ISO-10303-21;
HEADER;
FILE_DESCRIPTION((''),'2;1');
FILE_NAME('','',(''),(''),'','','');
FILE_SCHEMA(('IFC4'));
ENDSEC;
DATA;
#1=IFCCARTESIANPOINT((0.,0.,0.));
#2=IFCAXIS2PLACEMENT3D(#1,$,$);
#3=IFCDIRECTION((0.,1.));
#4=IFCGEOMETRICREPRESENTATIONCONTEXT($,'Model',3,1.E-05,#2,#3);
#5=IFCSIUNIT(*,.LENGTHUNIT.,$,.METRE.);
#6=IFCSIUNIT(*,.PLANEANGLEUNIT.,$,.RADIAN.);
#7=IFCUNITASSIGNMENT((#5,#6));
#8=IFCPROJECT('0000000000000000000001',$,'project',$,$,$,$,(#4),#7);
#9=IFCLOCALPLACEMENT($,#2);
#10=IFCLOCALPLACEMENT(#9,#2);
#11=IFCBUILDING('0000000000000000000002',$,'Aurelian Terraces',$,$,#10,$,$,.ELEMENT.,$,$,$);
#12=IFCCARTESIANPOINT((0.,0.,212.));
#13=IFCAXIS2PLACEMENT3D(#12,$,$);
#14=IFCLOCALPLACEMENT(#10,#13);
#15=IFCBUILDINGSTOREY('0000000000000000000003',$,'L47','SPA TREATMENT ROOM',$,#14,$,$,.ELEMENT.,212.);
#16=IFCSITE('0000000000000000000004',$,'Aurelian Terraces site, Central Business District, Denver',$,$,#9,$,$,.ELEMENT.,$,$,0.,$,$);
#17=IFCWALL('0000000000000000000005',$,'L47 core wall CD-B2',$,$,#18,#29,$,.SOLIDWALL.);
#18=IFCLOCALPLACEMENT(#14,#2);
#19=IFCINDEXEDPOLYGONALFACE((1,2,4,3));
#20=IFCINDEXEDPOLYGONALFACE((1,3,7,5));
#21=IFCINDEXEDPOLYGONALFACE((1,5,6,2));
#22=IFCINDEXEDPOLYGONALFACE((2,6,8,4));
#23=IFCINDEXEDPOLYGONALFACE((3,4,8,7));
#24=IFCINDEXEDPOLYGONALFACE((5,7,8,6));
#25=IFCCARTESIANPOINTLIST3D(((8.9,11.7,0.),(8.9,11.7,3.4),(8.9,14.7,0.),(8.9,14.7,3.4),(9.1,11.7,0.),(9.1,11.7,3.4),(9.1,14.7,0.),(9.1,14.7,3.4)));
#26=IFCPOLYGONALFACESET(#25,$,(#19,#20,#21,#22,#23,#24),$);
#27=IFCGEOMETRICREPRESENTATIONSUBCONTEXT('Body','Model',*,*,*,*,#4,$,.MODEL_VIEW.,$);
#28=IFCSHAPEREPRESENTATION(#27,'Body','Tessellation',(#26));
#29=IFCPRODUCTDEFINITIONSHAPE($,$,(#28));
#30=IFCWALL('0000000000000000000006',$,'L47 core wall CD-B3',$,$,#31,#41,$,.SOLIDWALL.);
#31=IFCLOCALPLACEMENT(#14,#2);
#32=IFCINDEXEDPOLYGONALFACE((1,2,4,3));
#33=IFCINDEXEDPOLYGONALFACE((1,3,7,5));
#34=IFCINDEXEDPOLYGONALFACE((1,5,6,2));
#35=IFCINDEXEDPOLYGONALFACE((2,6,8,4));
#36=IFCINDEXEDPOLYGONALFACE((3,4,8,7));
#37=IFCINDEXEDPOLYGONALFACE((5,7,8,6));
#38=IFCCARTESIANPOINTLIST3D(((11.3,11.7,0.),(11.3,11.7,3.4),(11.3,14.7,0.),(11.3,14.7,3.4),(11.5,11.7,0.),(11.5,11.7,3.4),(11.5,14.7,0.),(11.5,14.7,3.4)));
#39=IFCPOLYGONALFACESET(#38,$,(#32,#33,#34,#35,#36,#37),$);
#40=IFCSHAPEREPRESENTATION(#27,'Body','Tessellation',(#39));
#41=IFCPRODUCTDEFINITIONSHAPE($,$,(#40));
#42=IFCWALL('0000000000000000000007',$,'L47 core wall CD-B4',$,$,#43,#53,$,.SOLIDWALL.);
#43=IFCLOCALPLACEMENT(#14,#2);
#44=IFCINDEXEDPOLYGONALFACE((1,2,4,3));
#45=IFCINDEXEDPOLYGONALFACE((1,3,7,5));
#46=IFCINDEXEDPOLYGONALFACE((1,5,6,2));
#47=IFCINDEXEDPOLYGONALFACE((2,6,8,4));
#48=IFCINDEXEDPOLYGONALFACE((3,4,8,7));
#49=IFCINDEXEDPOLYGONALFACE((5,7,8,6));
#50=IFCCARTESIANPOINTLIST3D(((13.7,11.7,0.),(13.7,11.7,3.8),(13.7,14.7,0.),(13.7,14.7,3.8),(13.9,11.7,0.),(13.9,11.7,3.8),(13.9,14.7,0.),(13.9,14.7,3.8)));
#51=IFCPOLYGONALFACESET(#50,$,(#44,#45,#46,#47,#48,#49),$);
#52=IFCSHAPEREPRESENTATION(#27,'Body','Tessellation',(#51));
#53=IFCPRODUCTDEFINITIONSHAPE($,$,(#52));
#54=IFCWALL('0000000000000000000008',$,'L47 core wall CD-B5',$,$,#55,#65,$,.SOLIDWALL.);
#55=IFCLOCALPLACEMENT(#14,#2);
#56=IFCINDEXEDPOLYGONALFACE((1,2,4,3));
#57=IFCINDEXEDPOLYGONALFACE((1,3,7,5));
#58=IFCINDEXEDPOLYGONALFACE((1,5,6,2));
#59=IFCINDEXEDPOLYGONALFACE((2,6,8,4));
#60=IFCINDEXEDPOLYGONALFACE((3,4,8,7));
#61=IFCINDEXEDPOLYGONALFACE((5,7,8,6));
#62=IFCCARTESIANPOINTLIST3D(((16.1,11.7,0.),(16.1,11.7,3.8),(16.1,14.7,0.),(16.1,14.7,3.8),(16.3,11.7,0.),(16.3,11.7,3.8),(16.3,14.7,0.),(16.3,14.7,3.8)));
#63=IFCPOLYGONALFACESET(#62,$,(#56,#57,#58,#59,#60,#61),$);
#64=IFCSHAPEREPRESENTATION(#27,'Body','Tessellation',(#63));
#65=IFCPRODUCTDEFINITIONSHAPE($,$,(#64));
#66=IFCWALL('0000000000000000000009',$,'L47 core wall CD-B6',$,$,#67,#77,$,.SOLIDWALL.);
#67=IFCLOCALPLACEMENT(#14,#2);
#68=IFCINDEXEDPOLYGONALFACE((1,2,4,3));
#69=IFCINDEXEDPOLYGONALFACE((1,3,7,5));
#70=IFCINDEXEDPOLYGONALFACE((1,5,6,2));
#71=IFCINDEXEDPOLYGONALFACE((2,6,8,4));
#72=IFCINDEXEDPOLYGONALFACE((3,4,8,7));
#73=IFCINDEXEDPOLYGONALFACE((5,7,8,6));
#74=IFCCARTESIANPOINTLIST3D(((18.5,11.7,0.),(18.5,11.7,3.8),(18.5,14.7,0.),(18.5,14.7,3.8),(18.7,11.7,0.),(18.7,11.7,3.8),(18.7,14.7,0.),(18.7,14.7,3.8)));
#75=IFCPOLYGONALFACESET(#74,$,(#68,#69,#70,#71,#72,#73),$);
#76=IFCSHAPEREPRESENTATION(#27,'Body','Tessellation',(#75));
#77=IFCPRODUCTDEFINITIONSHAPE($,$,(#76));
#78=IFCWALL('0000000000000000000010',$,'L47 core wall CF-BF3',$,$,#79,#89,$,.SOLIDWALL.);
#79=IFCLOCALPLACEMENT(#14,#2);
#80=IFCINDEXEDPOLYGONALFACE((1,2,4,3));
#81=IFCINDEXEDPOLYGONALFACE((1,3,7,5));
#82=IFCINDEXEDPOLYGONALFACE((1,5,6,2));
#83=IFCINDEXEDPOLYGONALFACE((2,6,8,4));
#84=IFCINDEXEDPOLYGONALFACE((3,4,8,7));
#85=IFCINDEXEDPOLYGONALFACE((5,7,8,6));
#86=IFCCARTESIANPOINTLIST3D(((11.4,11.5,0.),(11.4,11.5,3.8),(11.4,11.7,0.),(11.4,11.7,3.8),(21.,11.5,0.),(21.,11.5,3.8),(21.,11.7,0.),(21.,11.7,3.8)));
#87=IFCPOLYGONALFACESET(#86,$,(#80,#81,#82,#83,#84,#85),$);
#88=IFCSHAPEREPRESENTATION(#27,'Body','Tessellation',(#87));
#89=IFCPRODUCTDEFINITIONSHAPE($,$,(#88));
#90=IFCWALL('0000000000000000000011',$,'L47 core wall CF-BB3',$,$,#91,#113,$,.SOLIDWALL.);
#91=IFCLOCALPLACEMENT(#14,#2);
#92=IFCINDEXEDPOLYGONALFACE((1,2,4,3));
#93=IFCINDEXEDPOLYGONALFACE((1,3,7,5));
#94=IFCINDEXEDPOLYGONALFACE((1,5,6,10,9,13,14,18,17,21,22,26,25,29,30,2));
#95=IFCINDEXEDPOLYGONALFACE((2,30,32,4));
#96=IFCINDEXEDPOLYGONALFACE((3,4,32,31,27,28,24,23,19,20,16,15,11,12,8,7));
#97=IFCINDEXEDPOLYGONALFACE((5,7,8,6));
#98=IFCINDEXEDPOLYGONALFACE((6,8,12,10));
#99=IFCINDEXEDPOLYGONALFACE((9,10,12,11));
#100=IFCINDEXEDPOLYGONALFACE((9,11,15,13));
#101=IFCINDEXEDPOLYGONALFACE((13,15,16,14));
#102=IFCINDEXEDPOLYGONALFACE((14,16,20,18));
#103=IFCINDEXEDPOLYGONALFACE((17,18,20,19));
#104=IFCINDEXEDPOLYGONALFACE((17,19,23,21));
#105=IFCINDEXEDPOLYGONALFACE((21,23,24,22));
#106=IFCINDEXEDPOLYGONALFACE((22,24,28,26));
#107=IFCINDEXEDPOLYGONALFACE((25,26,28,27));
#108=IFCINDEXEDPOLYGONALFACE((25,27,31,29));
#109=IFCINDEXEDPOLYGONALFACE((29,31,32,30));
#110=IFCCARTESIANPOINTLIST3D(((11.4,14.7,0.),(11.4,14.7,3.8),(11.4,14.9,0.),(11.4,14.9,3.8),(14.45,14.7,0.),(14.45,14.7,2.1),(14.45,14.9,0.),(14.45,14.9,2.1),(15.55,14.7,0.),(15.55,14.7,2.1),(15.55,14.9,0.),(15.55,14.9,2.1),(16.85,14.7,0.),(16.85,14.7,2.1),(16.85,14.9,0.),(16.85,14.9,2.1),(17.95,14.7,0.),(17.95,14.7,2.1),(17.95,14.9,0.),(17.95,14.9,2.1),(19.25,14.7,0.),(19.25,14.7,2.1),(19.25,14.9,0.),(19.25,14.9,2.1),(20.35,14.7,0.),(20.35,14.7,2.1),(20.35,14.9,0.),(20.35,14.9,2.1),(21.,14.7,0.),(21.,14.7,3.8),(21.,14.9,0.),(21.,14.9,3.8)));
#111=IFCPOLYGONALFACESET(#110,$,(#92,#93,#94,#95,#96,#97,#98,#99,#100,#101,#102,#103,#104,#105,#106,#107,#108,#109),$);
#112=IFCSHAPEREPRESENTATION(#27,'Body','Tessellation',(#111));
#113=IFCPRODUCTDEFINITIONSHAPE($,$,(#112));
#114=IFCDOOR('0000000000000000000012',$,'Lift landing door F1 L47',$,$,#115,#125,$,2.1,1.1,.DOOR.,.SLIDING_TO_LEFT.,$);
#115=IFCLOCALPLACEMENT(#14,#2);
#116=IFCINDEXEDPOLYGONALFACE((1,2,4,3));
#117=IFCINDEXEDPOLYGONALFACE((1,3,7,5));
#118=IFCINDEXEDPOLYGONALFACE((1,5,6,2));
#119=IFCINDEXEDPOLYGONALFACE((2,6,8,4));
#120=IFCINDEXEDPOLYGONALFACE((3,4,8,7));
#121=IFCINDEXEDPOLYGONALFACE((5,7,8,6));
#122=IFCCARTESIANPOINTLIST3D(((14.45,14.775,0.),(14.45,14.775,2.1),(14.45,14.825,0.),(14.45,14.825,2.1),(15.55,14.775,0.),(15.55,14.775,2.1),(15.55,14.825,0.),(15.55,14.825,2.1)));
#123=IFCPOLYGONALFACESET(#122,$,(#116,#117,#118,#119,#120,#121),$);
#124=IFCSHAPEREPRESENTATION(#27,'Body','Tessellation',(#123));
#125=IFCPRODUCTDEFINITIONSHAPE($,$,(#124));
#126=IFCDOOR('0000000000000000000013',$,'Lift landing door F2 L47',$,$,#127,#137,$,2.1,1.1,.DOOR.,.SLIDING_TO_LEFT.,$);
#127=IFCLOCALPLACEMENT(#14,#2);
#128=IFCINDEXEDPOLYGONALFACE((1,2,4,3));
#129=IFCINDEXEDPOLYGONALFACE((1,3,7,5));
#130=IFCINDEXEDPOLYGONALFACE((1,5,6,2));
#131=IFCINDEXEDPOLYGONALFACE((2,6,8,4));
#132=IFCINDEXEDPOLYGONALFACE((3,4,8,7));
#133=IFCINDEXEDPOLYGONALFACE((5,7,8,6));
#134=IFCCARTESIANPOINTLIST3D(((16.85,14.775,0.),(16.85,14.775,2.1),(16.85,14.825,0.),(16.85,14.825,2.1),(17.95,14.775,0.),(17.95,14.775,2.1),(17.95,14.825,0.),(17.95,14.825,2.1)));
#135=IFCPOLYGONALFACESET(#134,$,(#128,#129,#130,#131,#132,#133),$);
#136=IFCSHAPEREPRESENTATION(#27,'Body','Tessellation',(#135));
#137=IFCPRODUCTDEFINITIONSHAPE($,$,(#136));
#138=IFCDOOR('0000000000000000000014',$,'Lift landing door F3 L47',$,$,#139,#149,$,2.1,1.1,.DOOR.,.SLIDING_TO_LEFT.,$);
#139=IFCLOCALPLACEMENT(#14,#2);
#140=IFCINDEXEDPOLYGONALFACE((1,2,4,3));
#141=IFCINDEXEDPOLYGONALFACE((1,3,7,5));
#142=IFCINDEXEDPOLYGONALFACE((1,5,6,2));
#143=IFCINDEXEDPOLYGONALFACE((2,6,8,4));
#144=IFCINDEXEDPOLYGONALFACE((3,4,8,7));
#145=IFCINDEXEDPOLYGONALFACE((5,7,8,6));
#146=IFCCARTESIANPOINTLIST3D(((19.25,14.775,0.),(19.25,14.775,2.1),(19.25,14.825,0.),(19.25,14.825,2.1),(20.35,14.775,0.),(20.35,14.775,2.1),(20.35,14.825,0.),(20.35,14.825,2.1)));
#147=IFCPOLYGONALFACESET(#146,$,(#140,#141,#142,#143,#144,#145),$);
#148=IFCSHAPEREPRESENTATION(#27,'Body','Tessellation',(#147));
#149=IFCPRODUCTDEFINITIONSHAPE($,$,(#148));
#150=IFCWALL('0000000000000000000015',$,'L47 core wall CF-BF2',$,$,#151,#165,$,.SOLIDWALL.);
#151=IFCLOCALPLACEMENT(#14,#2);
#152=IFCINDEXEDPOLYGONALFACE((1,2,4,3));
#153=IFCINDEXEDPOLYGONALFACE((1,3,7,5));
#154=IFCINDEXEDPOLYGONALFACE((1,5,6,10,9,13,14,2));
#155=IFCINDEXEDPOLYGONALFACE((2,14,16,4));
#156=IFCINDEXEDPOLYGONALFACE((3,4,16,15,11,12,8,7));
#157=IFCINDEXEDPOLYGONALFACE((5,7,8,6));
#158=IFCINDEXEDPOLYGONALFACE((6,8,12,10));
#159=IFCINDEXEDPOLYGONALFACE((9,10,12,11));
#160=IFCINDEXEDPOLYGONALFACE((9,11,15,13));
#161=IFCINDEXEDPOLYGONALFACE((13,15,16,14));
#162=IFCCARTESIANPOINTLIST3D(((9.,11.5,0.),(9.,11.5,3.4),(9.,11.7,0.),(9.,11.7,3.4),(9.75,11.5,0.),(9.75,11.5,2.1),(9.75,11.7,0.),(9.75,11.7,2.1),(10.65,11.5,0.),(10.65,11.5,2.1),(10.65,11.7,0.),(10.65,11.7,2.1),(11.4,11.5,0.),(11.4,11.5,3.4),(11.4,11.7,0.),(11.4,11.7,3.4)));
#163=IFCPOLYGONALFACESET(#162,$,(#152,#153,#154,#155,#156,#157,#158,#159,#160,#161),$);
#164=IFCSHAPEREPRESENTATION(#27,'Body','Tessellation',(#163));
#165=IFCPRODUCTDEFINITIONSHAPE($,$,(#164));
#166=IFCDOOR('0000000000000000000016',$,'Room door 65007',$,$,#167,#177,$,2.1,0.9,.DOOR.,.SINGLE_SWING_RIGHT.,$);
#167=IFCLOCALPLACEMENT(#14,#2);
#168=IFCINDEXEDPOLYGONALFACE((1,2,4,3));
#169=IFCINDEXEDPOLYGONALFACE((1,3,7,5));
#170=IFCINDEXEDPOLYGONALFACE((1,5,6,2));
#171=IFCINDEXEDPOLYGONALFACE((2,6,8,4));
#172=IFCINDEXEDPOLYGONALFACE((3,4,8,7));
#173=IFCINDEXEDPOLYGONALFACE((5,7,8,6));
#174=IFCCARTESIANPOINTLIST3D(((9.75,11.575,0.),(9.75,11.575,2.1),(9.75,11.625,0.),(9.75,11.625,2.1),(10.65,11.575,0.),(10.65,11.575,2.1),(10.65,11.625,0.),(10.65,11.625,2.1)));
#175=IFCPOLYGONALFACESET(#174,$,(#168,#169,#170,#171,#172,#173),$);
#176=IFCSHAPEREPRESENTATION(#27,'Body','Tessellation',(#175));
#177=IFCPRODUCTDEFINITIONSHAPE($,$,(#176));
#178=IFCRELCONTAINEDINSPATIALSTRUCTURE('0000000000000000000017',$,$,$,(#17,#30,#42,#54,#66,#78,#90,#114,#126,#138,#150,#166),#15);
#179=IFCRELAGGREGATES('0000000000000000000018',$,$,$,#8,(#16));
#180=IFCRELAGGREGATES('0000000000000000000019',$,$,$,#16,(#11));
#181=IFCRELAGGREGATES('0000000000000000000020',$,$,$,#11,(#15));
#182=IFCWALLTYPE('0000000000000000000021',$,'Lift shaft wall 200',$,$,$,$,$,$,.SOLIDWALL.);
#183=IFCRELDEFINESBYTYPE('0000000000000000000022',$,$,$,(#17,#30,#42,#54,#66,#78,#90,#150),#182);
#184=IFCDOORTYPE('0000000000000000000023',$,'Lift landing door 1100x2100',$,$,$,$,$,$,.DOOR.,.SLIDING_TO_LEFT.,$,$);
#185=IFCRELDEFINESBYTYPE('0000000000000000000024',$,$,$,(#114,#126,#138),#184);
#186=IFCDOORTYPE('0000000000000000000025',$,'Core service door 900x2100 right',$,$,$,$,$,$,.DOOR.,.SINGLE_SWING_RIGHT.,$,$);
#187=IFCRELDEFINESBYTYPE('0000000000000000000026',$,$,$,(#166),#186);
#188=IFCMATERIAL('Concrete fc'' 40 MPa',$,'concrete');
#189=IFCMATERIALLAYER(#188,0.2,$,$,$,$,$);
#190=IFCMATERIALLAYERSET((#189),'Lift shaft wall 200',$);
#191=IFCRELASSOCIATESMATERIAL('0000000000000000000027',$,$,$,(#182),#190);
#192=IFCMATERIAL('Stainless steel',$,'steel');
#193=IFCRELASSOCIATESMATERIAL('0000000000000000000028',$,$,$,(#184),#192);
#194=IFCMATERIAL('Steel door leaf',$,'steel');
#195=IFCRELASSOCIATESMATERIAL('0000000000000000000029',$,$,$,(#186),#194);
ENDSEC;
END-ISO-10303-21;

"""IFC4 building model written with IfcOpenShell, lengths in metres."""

from ifc_helpers import new_model, si_unit, direction, frame, frame_2d, origin, place, context, subcontext, project, spatial, rectangle, extrude, source, transform, mapped, material, layer, layer_set, type_object, element, fill, save


model = new_model("IFC4")

# Units and contexts
model_context = context("Model", 3, precision=1e-05, world=origin(), true_north=direction((0.0, 1.0)))
body_context = subcontext(model_context, "Body", "Model", "MODEL_VIEW")
ifc_project = project(units=[si_unit("LENGTHUNIT", "METRE"), si_unit("PLANEANGLEUNIT", "RADIAN")], contexts=[model_context])

# Site, building, storey
site_placement = place(None, origin())
site = spatial("IfcSite", under=ifc_project, at=site_placement, Name="Aurelian Terraces site, Central Business District, Denver", CompositionType="ELEMENT", RefElevation=0.0)
building_placement = place(site_placement, origin())
building = spatial("IfcBuilding", under=site, at=building_placement, Name="Aurelian Terraces", CompositionType="ELEMENT")
storey_placement = place(building_placement, frame((0.0, 0.0, 212.0)))
storey = spatial("IfcBuildingStorey", under=building, at=storey_placement, Name="L47", Description="SPA TREATMENT ROOM", CompositionType="ELEMENT", Elevation=212.0)

# Walls
ifc_material_1 = material(Name="Concrete fc' 40 MPa", Category="concrete")
ifc_layer_1 = layer(ifc_material_1, 0.2)
ifc_layer_set_1 = layer_set([ifc_layer_1], Name="Lift shaft wall 200")
wall_type_1 = type_object("IfcWallType", Name="Lift shaft wall 200", PredefinedType="SOLIDWALL", material=ifc_layer_set_1)
shared_shape_1 = source(origin(), body_context, "Body", "SweptSolid", [
    extrude(rectangle(XDim=3.0, YDim=0.2, at=frame_2d((1.5, 0.0))), origin(), (0.0, 0.0, 1.0), 3.4),
])
for number, where, z_axis, x_axis, name in (
    (1, (9.0, 11.7, 0.0), (0.0, 0.0, 1.0), (0.0, 1.0, 0.0), "L47 core wall CD-B2"),
    (2, (11.4, 11.7, 0.0), (0.0, 0.0, 1.0), (0.0, 1.0, 0.0), "L47 core wall CD-B3"),
):
    element("IfcWall", number, at=place(storey_placement, frame(where, z_axis=z_axis, x_axis=x_axis)), inside=storey, type_object=wall_type_1, Name=name, PredefinedType="SOLIDWALL", context=body_context, shape_type="MappedRepresentation", body=[
        mapped(shared_shape_1, transform((0.0, 0.0, 0.0), scale=1.0)),
    ])
shared_shape_2 = source(origin(), body_context, "Body", "SweptSolid", [
    extrude(rectangle(XDim=3.0, YDim=0.2, at=frame_2d((1.5, 0.0))), origin(), (0.0, 0.0, 1.0), 3.8),
])
for number, where, z_axis, x_axis, name in (
    (3, (13.8, 11.7, 0.0), (0.0, 0.0, 1.0), (0.0, 1.0, 0.0), "L47 core wall CD-B4"),
    (4, (16.2, 11.7, 0.0), (0.0, 0.0, 1.0), (0.0, 1.0, 0.0), "L47 core wall CD-B5"),
    (5, (18.6, 11.7, 0.0), (0.0, 0.0, 1.0), (0.0, 1.0, 0.0), "L47 core wall CD-B6"),
):
    element("IfcWall", number, at=place(storey_placement, frame(where, z_axis=z_axis, x_axis=x_axis)), inside=storey, type_object=wall_type_1, Name=name, PredefinedType="SOLIDWALL", context=body_context, shape_type="MappedRepresentation", body=[
        mapped(shared_shape_2, transform((0.0, 0.0, 0.0), scale=1.0)),
    ])
shared_shape_3 = source(origin(), body_context, "Body", "SweptSolid", [
    extrude(rectangle(XDim=9.6, YDim=0.2, at=frame_2d((4.8, 0.0))), origin(), (0.0, 0.0, 1.0), 3.8),
])
wall_1_placement = place(storey_placement, frame((11.4, 11.6, 0.0), z_axis=(0.0, 0.0, 1.0), x_axis=(1.0, 0.0, 0.0)))
element("IfcWall", 6, at=wall_1_placement, inside=storey, type_object=wall_type_1, Name="L47 core wall CF-BF3", PredefinedType="SOLIDWALL", context=body_context, shape_type="MappedRepresentation", body=[
    mapped(shared_shape_3, transform((0.0, 0.0, 0.0), scale=1.0)),
])

# Wall, openings, doors
wall_2_placement = place(storey_placement, frame((11.4, 14.8, 0.0), z_axis=(0.0, 0.0, 1.0), x_axis=(1.0, 0.0, 0.0)))
wall_2 = element("IfcWall", 7, at=wall_2_placement, inside=storey, type_object=wall_type_1, Name="L47 core wall CF-BB3", PredefinedType="SOLIDWALL", context=body_context, shape_type="MappedRepresentation", body=[
    mapped(shared_shape_3, transform((0.0, 0.0, 0.0), scale=1.0)),
])
shared_shape_4 = source(origin(), body_context, "Body", "SweptSolid", [
    extrude(rectangle(XDim=1.1, YDim=2.1, at=frame_2d((0.55, 1.05))), frame((0.0, 0.11, 0.0), z_axis=(0.0, -1.0, 0.0), x_axis=(1.0, 0.0, 0.0)), (0.0, 0.0, 1.0), 0.22),
])
opening_1_placement = place(wall_2_placement, frame((3.05, 0.0, 0.0)))
opening_1 = element("IfcOpeningElement", 8, at=opening_1_placement, cuts=wall_2, PredefinedType="OPENING", context=body_context, shape_type="MappedRepresentation", body=[
    mapped(shared_shape_4, transform((0.0, 0.0, 0.0), scale=1.0)),
])
opening_2_placement = place(wall_2_placement, frame((5.45, 0.0, 0.0)))
opening_2 = element("IfcOpeningElement", 9, at=opening_2_placement, cuts=wall_2, PredefinedType="OPENING", context=body_context, shape_type="MappedRepresentation", body=[
    mapped(shared_shape_4, transform((0.0, 0.0, 0.0), scale=1.0)),
])
opening_3_placement = place(wall_2_placement, frame((7.85, 0.0, 0.0)))
opening_3 = element("IfcOpeningElement", 10, at=opening_3_placement, cuts=wall_2, PredefinedType="OPENING", context=body_context, shape_type="MappedRepresentation", body=[
    mapped(shared_shape_4, transform((0.0, 0.0, 0.0), scale=1.0)),
])
ifc_material_2 = material(Name="Stainless steel", Category="steel")
door_type_1 = type_object("IfcDoorType", Name="Lift landing door 1100x2100", OperationType="SLIDING_TO_LEFT", PredefinedType="DOOR", material=ifc_material_2)
shared_shape_5 = source(origin(), body_context, "Body", "SweptSolid", [
    extrude(rectangle(XDim=1.1, YDim=2.1, at=frame_2d((0.55, 1.05))), frame((0.0, 0.025, 0.0), z_axis=(0.0, -1.0, 0.0), x_axis=(1.0, 0.0, 0.0)), (0.0, 0.0, 1.0), 0.05),
])
door_1_placement = place(opening_1_placement, origin())
door_1 = element("IfcDoor", 11, at=door_1_placement, inside=storey, type_object=door_type_1, Name="Lift landing door F1 L47", OperationType="SLIDING_TO_LEFT", OverallHeight=2.1, OverallWidth=1.1, PredefinedType="DOOR", context=body_context, shape_type="MappedRepresentation", body=[
    mapped(shared_shape_5, transform((0.0, 0.0, 0.0), scale=1.0)),
])
fill(opening_1, door_1)
door_2_placement = place(opening_2_placement, origin())
door_2 = element("IfcDoor", 12, at=door_2_placement, inside=storey, type_object=door_type_1, Name="Lift landing door F2 L47", OperationType="SLIDING_TO_LEFT", OverallHeight=2.1, OverallWidth=1.1, PredefinedType="DOOR", context=body_context, shape_type="MappedRepresentation", body=[
    mapped(shared_shape_5, transform((0.0, 0.0, 0.0), scale=1.0)),
])
fill(opening_2, door_2)
door_3_placement = place(opening_3_placement, origin())
door_3 = element("IfcDoor", 13, at=door_3_placement, inside=storey, type_object=door_type_1, Name="Lift landing door F3 L47", OperationType="SLIDING_TO_LEFT", OverallHeight=2.1, OverallWidth=1.1, PredefinedType="DOOR", context=body_context, shape_type="MappedRepresentation", body=[
    mapped(shared_shape_5, transform((0.0, 0.0, 0.0), scale=1.0)),
])
fill(opening_3, door_3)

# Wall, opening, door
shared_shape_6 = source(origin(), body_context, "Body", "SweptSolid", [
    extrude(rectangle(XDim=2.4, YDim=0.2, at=frame_2d((1.2, 0.0))), origin(), (0.0, 0.0, 1.0), 3.4),
])
wall_3_placement = place(storey_placement, frame((9.0, 11.6, 0.0), z_axis=(0.0, 0.0, 1.0), x_axis=(1.0, 0.0, 0.0)))
wall_3 = element("IfcWall", 14, at=wall_3_placement, inside=storey, type_object=wall_type_1, Name="L47 core wall CF-BF2", PredefinedType="SOLIDWALL", context=body_context, shape_type="MappedRepresentation", body=[
    mapped(shared_shape_6, transform((0.0, 0.0, 0.0), scale=1.0)),
])
shared_shape_7 = source(origin(), body_context, "Body", "SweptSolid", [
    extrude(rectangle(XDim=0.9, YDim=2.1, at=frame_2d((0.45, 1.05))), frame((0.0, 0.11, 0.0), z_axis=(0.0, -1.0, 0.0), x_axis=(1.0, 0.0, 0.0)), (0.0, 0.0, 1.0), 0.22),
])
opening_4_placement = place(wall_3_placement, frame((0.75, 0.0, 0.0)))
opening_4 = element("IfcOpeningElement", 15, at=opening_4_placement, cuts=wall_3, PredefinedType="OPENING", context=body_context, shape_type="MappedRepresentation", body=[
    mapped(shared_shape_7, transform((0.0, 0.0, 0.0), scale=1.0)),
])
ifc_material_3 = material(Name="Steel door leaf", Category="steel")
door_type_2 = type_object("IfcDoorType", Name="Core service door 900x2100 right", OperationType="SINGLE_SWING_RIGHT", PredefinedType="DOOR", material=ifc_material_3)
shared_shape_8 = source(origin(), body_context, "Body", "SweptSolid", [
    extrude(rectangle(XDim=0.9, YDim=2.1, at=frame_2d((0.45, 1.05))), frame((0.0, 0.025, 0.0), z_axis=(0.0, -1.0, 0.0), x_axis=(1.0, 0.0, 0.0)), (0.0, 0.0, 1.0), 0.05),
])
door_4_placement = place(opening_4_placement, origin())
door_4 = element("IfcDoor", 16, at=door_4_placement, inside=storey, type_object=door_type_2, Name="Room door 65007", OperationType="SINGLE_SWING_RIGHT", OverallHeight=2.1, OverallWidth=0.9, PredefinedType="DOOR", context=body_context, shape_type="MappedRepresentation", body=[
    mapped(shared_shape_8, transform((0.0, 0.0, 0.0), scale=1.0)),
])
fill(opening_4, door_4)

save(model, "model.ifc")
